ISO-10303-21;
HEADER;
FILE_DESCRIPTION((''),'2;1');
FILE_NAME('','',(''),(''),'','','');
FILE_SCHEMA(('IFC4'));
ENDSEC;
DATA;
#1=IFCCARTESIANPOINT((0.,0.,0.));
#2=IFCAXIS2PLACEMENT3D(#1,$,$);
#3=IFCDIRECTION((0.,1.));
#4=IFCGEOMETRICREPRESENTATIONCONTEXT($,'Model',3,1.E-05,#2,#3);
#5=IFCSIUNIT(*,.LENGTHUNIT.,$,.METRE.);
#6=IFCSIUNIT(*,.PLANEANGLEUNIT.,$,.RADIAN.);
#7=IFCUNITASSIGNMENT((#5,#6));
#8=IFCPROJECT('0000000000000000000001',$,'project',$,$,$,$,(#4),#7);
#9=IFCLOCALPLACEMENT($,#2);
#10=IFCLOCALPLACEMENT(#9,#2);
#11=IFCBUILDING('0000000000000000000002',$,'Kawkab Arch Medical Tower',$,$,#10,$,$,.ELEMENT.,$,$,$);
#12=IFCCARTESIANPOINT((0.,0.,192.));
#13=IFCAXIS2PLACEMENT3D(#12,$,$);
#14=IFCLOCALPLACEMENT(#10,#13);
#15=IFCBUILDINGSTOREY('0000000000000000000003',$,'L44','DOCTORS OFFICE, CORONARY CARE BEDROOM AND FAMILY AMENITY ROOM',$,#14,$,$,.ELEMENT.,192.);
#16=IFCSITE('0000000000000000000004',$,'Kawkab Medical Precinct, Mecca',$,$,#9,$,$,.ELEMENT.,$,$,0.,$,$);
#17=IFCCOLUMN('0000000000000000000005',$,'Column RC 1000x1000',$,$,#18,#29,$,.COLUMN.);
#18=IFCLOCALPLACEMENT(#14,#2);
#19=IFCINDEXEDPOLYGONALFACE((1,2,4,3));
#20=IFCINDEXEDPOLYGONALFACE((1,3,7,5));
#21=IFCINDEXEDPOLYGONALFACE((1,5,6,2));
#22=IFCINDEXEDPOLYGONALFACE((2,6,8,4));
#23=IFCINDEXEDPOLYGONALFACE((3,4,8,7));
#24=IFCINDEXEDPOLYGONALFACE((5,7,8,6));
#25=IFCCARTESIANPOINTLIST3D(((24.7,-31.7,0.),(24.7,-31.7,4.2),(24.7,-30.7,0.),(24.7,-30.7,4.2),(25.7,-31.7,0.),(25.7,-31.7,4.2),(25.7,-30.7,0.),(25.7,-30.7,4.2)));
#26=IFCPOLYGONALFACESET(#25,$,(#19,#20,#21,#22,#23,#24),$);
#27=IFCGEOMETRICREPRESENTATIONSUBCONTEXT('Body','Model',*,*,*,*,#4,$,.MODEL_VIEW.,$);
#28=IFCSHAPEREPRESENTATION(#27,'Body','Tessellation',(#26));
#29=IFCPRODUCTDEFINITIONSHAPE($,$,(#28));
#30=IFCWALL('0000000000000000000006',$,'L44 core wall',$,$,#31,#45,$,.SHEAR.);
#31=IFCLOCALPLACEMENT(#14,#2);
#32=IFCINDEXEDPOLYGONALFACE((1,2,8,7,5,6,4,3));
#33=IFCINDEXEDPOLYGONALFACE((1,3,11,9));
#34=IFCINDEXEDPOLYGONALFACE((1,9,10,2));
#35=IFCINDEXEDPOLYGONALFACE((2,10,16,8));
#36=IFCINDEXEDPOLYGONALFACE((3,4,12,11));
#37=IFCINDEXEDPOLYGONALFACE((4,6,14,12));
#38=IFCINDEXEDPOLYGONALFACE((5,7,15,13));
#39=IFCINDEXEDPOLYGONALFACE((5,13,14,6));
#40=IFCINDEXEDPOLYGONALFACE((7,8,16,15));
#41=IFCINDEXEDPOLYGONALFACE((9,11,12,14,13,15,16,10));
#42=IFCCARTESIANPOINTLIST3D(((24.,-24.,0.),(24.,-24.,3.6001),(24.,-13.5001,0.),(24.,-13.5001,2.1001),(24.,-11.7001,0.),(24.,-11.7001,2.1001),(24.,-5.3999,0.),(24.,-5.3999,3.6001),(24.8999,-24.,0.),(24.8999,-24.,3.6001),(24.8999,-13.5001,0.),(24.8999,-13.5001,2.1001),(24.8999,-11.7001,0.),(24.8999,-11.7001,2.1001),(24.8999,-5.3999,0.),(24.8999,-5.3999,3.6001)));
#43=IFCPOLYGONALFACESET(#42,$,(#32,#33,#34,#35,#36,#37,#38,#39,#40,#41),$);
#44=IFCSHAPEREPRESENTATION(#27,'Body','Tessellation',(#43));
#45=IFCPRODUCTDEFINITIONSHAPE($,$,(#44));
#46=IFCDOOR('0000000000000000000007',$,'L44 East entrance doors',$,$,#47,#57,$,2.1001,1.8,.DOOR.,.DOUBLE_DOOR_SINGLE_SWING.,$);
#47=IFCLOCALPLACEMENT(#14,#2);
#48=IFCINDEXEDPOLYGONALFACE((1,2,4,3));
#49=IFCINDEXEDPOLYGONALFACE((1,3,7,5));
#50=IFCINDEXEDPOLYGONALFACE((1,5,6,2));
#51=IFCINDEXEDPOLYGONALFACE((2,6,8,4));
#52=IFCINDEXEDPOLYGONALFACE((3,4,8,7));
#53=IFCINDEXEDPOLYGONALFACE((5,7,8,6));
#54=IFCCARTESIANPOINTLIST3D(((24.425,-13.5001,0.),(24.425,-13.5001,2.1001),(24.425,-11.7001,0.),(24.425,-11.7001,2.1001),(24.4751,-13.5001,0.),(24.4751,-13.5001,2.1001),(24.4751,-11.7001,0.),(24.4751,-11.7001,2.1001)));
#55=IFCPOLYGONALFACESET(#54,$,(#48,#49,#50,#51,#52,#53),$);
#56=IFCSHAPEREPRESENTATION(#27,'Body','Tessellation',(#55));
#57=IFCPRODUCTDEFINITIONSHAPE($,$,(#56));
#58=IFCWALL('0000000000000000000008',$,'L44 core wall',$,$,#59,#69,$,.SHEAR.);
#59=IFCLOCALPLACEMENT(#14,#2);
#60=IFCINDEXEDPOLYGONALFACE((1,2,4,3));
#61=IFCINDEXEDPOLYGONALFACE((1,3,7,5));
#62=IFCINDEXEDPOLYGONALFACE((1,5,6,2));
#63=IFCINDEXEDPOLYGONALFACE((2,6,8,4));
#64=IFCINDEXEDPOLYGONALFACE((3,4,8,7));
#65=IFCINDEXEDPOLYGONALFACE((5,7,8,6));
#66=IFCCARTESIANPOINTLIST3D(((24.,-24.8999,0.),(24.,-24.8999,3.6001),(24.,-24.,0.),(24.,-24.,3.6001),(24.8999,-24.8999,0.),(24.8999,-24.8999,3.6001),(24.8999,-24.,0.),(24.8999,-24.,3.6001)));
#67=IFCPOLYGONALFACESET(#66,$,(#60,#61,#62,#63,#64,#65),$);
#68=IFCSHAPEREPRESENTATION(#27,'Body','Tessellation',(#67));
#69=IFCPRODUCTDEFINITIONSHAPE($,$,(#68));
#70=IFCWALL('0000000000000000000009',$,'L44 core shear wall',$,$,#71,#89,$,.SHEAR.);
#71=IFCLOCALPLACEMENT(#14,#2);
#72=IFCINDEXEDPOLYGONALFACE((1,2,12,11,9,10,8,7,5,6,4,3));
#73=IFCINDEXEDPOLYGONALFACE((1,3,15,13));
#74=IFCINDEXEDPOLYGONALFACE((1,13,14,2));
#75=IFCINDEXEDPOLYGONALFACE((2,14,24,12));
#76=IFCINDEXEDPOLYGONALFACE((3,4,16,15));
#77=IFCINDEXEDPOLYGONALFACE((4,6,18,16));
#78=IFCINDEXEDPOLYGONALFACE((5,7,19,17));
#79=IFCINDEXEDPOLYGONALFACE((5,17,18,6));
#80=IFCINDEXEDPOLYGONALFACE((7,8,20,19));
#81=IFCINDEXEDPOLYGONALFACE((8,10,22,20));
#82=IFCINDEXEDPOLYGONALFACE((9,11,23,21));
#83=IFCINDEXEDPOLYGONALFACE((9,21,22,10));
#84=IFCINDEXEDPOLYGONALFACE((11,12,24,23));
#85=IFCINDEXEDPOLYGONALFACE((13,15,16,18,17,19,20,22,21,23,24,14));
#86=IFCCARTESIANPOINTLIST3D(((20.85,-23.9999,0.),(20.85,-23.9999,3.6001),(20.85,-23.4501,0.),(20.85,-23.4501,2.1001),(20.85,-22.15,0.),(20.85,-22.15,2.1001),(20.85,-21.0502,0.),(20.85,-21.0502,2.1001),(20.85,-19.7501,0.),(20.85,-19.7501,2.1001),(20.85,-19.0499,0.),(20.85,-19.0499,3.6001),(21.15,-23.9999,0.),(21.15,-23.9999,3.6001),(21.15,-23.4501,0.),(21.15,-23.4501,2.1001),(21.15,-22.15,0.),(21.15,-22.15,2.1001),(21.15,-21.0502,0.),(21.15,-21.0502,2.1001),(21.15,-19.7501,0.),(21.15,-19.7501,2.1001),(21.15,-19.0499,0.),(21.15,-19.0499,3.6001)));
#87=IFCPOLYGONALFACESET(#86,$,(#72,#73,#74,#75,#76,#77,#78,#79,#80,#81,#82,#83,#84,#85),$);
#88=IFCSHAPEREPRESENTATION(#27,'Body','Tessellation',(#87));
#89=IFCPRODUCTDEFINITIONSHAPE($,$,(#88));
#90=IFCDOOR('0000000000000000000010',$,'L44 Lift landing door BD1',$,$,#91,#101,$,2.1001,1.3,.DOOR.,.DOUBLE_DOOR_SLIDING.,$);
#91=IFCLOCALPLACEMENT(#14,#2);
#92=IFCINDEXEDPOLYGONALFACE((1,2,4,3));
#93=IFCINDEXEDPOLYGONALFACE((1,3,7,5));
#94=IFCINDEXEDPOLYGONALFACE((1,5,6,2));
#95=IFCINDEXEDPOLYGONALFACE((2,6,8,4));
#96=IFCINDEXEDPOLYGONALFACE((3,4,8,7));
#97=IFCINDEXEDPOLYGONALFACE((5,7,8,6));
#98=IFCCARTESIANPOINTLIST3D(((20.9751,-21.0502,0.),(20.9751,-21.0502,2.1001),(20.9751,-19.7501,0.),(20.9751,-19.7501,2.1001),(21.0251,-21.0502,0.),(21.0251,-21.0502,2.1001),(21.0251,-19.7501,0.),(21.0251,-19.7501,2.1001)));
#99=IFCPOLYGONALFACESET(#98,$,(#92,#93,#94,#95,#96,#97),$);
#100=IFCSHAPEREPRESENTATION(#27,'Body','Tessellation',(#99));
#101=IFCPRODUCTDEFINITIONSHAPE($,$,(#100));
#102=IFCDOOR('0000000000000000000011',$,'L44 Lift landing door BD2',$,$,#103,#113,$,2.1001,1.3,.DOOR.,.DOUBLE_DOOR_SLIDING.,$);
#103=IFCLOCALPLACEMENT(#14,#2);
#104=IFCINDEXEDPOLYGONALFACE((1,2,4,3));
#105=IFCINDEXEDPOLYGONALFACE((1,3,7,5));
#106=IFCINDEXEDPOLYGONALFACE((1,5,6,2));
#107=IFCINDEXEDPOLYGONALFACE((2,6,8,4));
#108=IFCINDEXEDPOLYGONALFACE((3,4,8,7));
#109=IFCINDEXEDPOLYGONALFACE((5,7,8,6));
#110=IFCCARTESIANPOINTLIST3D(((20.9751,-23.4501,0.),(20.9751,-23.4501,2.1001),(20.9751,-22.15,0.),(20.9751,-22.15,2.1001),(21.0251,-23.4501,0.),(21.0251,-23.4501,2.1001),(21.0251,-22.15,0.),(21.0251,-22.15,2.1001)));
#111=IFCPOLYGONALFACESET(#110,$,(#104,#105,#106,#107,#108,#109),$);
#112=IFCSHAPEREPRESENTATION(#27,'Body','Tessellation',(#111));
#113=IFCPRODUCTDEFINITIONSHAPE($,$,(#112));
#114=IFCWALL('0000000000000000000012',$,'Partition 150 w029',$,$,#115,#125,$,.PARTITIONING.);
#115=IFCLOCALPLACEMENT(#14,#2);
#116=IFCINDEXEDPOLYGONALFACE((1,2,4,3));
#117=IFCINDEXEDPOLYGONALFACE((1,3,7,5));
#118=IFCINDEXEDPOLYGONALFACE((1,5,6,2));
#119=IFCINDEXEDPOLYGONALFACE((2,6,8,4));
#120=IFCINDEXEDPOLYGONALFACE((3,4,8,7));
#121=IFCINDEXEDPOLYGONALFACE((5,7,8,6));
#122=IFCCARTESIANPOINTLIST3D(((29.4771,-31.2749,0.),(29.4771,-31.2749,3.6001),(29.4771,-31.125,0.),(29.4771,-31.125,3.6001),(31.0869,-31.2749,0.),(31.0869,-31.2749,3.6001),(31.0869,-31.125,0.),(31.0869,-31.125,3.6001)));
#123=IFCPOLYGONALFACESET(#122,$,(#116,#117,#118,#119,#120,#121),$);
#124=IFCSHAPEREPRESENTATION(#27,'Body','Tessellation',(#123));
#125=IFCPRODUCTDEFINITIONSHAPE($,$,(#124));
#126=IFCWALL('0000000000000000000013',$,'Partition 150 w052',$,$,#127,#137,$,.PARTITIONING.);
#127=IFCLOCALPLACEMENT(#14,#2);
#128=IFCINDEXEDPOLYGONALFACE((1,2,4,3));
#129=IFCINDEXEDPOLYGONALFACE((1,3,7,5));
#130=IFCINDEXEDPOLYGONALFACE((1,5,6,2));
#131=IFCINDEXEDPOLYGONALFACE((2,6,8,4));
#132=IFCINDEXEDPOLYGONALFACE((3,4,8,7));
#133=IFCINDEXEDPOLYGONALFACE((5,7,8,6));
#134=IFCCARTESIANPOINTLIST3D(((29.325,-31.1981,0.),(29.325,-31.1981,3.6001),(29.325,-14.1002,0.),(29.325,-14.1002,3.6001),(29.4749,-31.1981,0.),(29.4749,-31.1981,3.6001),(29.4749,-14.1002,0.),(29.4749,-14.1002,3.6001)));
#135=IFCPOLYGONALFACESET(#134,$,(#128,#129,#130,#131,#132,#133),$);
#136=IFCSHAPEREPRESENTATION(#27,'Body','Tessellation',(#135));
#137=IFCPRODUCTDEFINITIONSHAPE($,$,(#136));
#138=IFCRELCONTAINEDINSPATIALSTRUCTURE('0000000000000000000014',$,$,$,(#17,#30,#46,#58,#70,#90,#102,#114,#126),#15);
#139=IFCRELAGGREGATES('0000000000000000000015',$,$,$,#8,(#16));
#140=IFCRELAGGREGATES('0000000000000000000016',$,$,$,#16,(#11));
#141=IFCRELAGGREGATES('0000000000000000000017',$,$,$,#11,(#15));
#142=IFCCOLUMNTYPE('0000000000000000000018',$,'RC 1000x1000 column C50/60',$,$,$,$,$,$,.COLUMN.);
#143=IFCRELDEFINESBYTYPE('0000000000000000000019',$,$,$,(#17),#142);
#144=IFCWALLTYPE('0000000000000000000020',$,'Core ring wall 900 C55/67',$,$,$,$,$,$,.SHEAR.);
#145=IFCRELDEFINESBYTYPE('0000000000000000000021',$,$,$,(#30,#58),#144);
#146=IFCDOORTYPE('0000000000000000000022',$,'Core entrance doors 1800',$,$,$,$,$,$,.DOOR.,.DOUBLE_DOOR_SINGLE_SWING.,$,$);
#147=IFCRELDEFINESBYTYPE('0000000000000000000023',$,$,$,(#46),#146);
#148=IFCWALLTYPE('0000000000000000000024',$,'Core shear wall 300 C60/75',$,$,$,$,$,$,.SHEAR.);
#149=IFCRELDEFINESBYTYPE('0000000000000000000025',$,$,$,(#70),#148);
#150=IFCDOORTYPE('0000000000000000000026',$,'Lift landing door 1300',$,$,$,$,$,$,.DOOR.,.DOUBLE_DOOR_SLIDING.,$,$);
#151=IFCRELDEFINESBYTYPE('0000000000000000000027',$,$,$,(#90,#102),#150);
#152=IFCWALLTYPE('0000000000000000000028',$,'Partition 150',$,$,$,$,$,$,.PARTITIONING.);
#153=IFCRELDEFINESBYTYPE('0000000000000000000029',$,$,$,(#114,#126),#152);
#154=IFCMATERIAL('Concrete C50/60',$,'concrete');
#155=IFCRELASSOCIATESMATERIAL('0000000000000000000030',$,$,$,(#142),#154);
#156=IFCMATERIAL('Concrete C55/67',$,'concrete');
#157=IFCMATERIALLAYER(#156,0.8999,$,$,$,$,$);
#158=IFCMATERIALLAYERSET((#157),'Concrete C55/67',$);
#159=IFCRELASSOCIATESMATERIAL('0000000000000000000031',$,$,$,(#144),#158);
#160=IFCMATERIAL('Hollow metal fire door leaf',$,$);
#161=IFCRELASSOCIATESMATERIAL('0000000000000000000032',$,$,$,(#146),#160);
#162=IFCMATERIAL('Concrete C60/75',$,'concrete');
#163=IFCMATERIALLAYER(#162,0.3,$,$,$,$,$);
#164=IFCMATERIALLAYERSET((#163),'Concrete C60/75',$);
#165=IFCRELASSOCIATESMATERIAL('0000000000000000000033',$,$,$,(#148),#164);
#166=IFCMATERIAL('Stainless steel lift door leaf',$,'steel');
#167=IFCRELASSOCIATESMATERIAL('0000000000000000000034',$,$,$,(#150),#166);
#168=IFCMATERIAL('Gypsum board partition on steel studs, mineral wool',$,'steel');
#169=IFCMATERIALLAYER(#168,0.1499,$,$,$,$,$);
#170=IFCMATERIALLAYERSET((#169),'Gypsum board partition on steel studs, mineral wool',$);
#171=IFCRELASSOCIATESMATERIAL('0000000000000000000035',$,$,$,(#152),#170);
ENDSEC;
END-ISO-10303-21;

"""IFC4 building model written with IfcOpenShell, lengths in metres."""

from ifc_helpers import new_model, si_unit, direction, frame, frame_2d, origin, origin_2d, place, context, subcontext, project, spatial, rectangle, extrude, material, layer, layer_set, material_profile, profile_set, type_object, element, fill, save


model = new_model("IFC4")

# Units and contexts
model_context = context("Model", 3, precision=1e-05, world=origin(), true_north=direction((0.0, 1.0)))
body_context = subcontext(model_context, "Body", "Model", "MODEL_VIEW")
ifc_project = project(units=[si_unit("LENGTHUNIT", "METRE"), si_unit("PLANEANGLEUNIT", "RADIAN")], contexts=[model_context])

# Site, building, storey
site_placement = place(None, origin())
site = spatial("IfcSite", under=ifc_project, at=site_placement, Name="Kawkab Medical Precinct, Mecca", CompositionType="ELEMENT", RefElevation=0.0)
building_placement = place(site_placement, origin())
building = spatial("IfcBuilding", under=site, at=building_placement, Name="Kawkab Arch Medical Tower", CompositionType="ELEMENT")
storey_placement = place(building_placement, frame((0.0, 0.0, 192.0)))
storey = spatial("IfcBuildingStorey", under=building, at=storey_placement, Name="L44", Description="DOCTORS OFFICE, CORONARY CARE BEDROOM AND FAMILY AMENITY ROOM", CompositionType="ELEMENT", Elevation=192.0)

# Column
ifc_material_1 = material(Name="Concrete C50/60", Category="concrete")
ifc_material_profile = material_profile(ifc_material_1, rectangle(XDim=1.0, YDim=1.0, at=origin_2d()), Name="RC 1000x1000")
ifc_profile_set = profile_set([ifc_material_profile], Name="Concrete C50/60")
column_type = type_object("IfcColumnType", Name="RC 1000x1000 column C50/60", PredefinedType="COLUMN", material=ifc_profile_set)
column_placement = place(storey_placement, frame((25.2, -31.2, 0.0), z_axis=(0.0, 0.0, 1.0), x_axis=(1.0, 0.0, 0.0)))
element("IfcColumn", 1, at=column_placement, inside=storey, type_object=column_type, Name="Column RC 1000x1000", PredefinedType="COLUMN", context=body_context, shape_type="SweptSolid", body=[
    extrude(rectangle(XDim=1.0, YDim=1.0, at=origin_2d()), origin(), (0.0, 0.0, 1.0), 4.2),
])

# Wall, opening, door
ifc_material_2 = material(Name="Concrete C55/67", Category="concrete")
ifc_layer_1 = layer(ifc_material_2, 0.8999)
ifc_layer_set_1 = layer_set([ifc_layer_1], Name="Concrete C55/67")
wall_type_1 = type_object("IfcWallType", Name="Core ring wall 900 C55/67", PredefinedType="SHEAR", material=ifc_layer_set_1)
wall_1_placement = place(storey_placement, frame((24.45, -24.0, 0.0), z_axis=(0.0, 0.0, 1.0), x_axis=(0.0, 1.0, 0.0)))
wall_1 = element("IfcWall", 2, at=wall_1_placement, inside=storey, type_object=wall_type_1, Name="L44 core wall", PredefinedType="SHEAR", context=body_context, shape_type="SweptSolid", body=[
    extrude(rectangle(XDim=18.6001, YDim=0.8999, at=frame_2d((9.3, 0.0))), origin(), (0.0, 0.0, 1.0), 3.6001),
])
opening_1_placement = place(wall_1_placement, frame((10.5, 0.0, 0.0)))
opening_1 = element("IfcOpeningElement", 3, at=opening_1_placement, cuts=wall_1, PredefinedType="OPENING", context=body_context, shape_type="SweptSolid", body=[
    extrude(rectangle(XDim=1.8, YDim=2.1001, at=frame_2d((0.8999, 1.05))), frame((0.0, 0.46, 0.0), z_axis=(0.0, -1.0, 0.0), x_axis=(1.0, 0.0, 0.0)), (0.0, 0.0, 1.0), 0.9199),
])
ifc_material_3 = material(Name="Hollow metal fire door leaf")
door_type_1 = type_object("IfcDoorType", Name="Core entrance doors 1800", OperationType="DOUBLE_DOOR_SINGLE_SWING", PredefinedType="DOOR", material=ifc_material_3)
door_1_placement = place(opening_1_placement, origin())
door_1 = element("IfcDoor", 4, at=door_1_placement, inside=storey, type_object=door_type_1, Name="L44 East entrance doors", OperationType="DOUBLE_DOOR_SINGLE_SWING", OverallHeight=2.1001, OverallWidth=1.8, PredefinedType="DOOR", context=body_context, shape_type="SweptSolid", body=[
    extrude(rectangle(XDim=1.8, YDim=2.1001, at=frame_2d((0.8999, 1.05))), frame((0.0, 0.0249, 0.0), z_axis=(0.0, -1.0, 0.0), x_axis=(1.0, 0.0, 0.0)), (0.0, 0.0, 1.0), 0.05),
])
fill(opening_1, door_1)

# Wall
wall_2_placement = place(storey_placement, frame((24.45, -24.8999, 0.0), z_axis=(0.0, 0.0, 1.0), x_axis=(0.0, 1.0, 0.0)))
element("IfcWall", 5, at=wall_2_placement, inside=storey, type_object=wall_type_1, Name="L44 core wall", PredefinedType="SHEAR", context=body_context, shape_type="SweptSolid", body=[
    extrude(rectangle(XDim=0.8999, YDim=0.8999, at=frame_2d((0.45, 0.0))), origin(), (0.0, 0.0, 1.0), 3.6001),
])

# Wall, openings, doors
ifc_material_4 = material(Name="Concrete C60/75", Category="concrete")
ifc_layer_2 = layer(ifc_material_4, 0.3)
ifc_layer_set_2 = layer_set([ifc_layer_2], Name="Concrete C60/75")
wall_type_2 = type_object("IfcWallType", Name="Core shear wall 300 C60/75", PredefinedType="SHEAR", material=ifc_layer_set_2)
wall_3_placement = place(storey_placement, frame((21.0, -24.0, 0.0), z_axis=(0.0, 0.0, 1.0), x_axis=(0.0, 1.0, 0.0)))
wall_3 = element("IfcWall", 6, at=wall_3_placement, inside=storey, type_object=wall_type_2, Name="L44 core shear wall", PredefinedType="SHEAR", context=body_context, shape_type="SweptSolid", body=[
    extrude(rectangle(XDim=4.95, YDim=0.3, at=frame_2d((2.4751, 0.0))), origin(), (0.0, 0.0, 1.0), 3.6001),
])
opening_2_placement = place(wall_3_placement, frame((2.95, 0.0, 0.0)))
opening_2 = element("IfcOpeningElement", 7, at=opening_2_placement, cuts=wall_3, PredefinedType="OPENING", context=body_context, shape_type="SweptSolid", body=[
    extrude(rectangle(XDim=1.3, YDim=2.1001, at=frame_2d((0.6499, 1.05))), frame((0.0, 0.1599, 0.0), z_axis=(0.0, -1.0, 0.0), x_axis=(1.0, 0.0, 0.0)), (0.0, 0.0, 1.0), 0.3201),
])
opening_3_placement = place(wall_3_placement, frame((0.55, 0.0, 0.0)))
opening_3 = element("IfcOpeningElement", 8, at=opening_3_placement, cuts=wall_3, PredefinedType="OPENING", context=body_context, shape_type="SweptSolid", body=[
    extrude(rectangle(XDim=1.3, YDim=2.1001, at=frame_2d((0.6499, 1.05))), frame((0.0, 0.1599, 0.0), z_axis=(0.0, -1.0, 0.0), x_axis=(1.0, 0.0, 0.0)), (0.0, 0.0, 1.0), 0.3201),
])
ifc_material_5 = material(Name="Stainless steel lift door leaf", Category="steel")
door_type_2 = type_object("IfcDoorType", Name="Lift landing door 1300", OperationType="DOUBLE_DOOR_SLIDING", PredefinedType="DOOR", material=ifc_material_5)
door_2_placement = place(opening_2_placement, origin())
door_2 = element("IfcDoor", 9, at=door_2_placement, inside=storey, type_object=door_type_2, Name="L44 Lift landing door BD1", OperationType="DOUBLE_DOOR_SLIDING", OverallHeight=2.1001, OverallWidth=1.3, PredefinedType="DOOR", context=body_context, shape_type="SweptSolid", body=[
    extrude(rectangle(XDim=1.3, YDim=2.1001, at=frame_2d((0.6499, 1.05))), frame((0.0, 0.0249, 0.0), z_axis=(0.0, -1.0, 0.0), x_axis=(1.0, 0.0, 0.0)), (0.0, 0.0, 1.0), 0.05),
])
fill(opening_2, door_2)
door_3_placement = place(opening_3_placement, origin())
door_3 = element("IfcDoor", 10, at=door_3_placement, inside=storey, type_object=door_type_2, Name="L44 Lift landing door BD2", OperationType="DOUBLE_DOOR_SLIDING", OverallHeight=2.1001, OverallWidth=1.3, PredefinedType="DOOR", context=body_context, shape_type="SweptSolid", body=[
    extrude(rectangle(XDim=1.3, YDim=2.1001, at=frame_2d((0.6499, 1.05))), frame((0.0, 0.0249, 0.0), z_axis=(0.0, -1.0, 0.0), x_axis=(1.0, 0.0, 0.0)), (0.0, 0.0, 1.0), 0.05),
])
fill(opening_3, door_3)

# Walls
ifc_material_6 = material(Name="Gypsum board partition on steel studs, mineral wool", Category="steel")
ifc_layer_3 = layer(ifc_material_6, 0.1499)
ifc_layer_set_3 = layer_set([ifc_layer_3], Name="Gypsum board partition on steel studs, mineral wool")
wall_type_3 = type_object("IfcWallType", Name="Partition 150", PredefinedType="PARTITIONING", material=ifc_layer_set_3)
wall_4_placement = place(storey_placement, frame((29.4771, -31.2, 0.0), z_axis=(0.0, 0.0, 1.0), x_axis=(1.0, 0.0, 0.0)))
element("IfcWall", 11, at=wall_4_placement, inside=storey, type_object=wall_type_3, Name="Partition 150 w029", PredefinedType="PARTITIONING", context=body_context, shape_type="SweptSolid", body=[
    extrude(rectangle(XDim=1.6099, YDim=0.1499, at=frame_2d((0.8049, 0.0))), origin(), (0.0, 0.0, 1.0), 3.6001),
])
wall_5_placement = place(storey_placement, frame((29.3999, -31.198, 0.0), z_axis=(0.0, 0.0, 1.0), x_axis=(0.0, 1.0, 0.0)))
element("IfcWall", 12, at=wall_5_placement, inside=storey, type_object=wall_type_3, Name="Partition 150 w052", PredefinedType="PARTITIONING", context=body_context, shape_type="SweptSolid", body=[
    extrude(rectangle(XDim=17.0979, YDim=0.1499, at=frame_2d((8.5488, 0.0))), origin(), (0.0, 0.0, 1.0), 3.6001),
])

save(model, "model.ifc")
